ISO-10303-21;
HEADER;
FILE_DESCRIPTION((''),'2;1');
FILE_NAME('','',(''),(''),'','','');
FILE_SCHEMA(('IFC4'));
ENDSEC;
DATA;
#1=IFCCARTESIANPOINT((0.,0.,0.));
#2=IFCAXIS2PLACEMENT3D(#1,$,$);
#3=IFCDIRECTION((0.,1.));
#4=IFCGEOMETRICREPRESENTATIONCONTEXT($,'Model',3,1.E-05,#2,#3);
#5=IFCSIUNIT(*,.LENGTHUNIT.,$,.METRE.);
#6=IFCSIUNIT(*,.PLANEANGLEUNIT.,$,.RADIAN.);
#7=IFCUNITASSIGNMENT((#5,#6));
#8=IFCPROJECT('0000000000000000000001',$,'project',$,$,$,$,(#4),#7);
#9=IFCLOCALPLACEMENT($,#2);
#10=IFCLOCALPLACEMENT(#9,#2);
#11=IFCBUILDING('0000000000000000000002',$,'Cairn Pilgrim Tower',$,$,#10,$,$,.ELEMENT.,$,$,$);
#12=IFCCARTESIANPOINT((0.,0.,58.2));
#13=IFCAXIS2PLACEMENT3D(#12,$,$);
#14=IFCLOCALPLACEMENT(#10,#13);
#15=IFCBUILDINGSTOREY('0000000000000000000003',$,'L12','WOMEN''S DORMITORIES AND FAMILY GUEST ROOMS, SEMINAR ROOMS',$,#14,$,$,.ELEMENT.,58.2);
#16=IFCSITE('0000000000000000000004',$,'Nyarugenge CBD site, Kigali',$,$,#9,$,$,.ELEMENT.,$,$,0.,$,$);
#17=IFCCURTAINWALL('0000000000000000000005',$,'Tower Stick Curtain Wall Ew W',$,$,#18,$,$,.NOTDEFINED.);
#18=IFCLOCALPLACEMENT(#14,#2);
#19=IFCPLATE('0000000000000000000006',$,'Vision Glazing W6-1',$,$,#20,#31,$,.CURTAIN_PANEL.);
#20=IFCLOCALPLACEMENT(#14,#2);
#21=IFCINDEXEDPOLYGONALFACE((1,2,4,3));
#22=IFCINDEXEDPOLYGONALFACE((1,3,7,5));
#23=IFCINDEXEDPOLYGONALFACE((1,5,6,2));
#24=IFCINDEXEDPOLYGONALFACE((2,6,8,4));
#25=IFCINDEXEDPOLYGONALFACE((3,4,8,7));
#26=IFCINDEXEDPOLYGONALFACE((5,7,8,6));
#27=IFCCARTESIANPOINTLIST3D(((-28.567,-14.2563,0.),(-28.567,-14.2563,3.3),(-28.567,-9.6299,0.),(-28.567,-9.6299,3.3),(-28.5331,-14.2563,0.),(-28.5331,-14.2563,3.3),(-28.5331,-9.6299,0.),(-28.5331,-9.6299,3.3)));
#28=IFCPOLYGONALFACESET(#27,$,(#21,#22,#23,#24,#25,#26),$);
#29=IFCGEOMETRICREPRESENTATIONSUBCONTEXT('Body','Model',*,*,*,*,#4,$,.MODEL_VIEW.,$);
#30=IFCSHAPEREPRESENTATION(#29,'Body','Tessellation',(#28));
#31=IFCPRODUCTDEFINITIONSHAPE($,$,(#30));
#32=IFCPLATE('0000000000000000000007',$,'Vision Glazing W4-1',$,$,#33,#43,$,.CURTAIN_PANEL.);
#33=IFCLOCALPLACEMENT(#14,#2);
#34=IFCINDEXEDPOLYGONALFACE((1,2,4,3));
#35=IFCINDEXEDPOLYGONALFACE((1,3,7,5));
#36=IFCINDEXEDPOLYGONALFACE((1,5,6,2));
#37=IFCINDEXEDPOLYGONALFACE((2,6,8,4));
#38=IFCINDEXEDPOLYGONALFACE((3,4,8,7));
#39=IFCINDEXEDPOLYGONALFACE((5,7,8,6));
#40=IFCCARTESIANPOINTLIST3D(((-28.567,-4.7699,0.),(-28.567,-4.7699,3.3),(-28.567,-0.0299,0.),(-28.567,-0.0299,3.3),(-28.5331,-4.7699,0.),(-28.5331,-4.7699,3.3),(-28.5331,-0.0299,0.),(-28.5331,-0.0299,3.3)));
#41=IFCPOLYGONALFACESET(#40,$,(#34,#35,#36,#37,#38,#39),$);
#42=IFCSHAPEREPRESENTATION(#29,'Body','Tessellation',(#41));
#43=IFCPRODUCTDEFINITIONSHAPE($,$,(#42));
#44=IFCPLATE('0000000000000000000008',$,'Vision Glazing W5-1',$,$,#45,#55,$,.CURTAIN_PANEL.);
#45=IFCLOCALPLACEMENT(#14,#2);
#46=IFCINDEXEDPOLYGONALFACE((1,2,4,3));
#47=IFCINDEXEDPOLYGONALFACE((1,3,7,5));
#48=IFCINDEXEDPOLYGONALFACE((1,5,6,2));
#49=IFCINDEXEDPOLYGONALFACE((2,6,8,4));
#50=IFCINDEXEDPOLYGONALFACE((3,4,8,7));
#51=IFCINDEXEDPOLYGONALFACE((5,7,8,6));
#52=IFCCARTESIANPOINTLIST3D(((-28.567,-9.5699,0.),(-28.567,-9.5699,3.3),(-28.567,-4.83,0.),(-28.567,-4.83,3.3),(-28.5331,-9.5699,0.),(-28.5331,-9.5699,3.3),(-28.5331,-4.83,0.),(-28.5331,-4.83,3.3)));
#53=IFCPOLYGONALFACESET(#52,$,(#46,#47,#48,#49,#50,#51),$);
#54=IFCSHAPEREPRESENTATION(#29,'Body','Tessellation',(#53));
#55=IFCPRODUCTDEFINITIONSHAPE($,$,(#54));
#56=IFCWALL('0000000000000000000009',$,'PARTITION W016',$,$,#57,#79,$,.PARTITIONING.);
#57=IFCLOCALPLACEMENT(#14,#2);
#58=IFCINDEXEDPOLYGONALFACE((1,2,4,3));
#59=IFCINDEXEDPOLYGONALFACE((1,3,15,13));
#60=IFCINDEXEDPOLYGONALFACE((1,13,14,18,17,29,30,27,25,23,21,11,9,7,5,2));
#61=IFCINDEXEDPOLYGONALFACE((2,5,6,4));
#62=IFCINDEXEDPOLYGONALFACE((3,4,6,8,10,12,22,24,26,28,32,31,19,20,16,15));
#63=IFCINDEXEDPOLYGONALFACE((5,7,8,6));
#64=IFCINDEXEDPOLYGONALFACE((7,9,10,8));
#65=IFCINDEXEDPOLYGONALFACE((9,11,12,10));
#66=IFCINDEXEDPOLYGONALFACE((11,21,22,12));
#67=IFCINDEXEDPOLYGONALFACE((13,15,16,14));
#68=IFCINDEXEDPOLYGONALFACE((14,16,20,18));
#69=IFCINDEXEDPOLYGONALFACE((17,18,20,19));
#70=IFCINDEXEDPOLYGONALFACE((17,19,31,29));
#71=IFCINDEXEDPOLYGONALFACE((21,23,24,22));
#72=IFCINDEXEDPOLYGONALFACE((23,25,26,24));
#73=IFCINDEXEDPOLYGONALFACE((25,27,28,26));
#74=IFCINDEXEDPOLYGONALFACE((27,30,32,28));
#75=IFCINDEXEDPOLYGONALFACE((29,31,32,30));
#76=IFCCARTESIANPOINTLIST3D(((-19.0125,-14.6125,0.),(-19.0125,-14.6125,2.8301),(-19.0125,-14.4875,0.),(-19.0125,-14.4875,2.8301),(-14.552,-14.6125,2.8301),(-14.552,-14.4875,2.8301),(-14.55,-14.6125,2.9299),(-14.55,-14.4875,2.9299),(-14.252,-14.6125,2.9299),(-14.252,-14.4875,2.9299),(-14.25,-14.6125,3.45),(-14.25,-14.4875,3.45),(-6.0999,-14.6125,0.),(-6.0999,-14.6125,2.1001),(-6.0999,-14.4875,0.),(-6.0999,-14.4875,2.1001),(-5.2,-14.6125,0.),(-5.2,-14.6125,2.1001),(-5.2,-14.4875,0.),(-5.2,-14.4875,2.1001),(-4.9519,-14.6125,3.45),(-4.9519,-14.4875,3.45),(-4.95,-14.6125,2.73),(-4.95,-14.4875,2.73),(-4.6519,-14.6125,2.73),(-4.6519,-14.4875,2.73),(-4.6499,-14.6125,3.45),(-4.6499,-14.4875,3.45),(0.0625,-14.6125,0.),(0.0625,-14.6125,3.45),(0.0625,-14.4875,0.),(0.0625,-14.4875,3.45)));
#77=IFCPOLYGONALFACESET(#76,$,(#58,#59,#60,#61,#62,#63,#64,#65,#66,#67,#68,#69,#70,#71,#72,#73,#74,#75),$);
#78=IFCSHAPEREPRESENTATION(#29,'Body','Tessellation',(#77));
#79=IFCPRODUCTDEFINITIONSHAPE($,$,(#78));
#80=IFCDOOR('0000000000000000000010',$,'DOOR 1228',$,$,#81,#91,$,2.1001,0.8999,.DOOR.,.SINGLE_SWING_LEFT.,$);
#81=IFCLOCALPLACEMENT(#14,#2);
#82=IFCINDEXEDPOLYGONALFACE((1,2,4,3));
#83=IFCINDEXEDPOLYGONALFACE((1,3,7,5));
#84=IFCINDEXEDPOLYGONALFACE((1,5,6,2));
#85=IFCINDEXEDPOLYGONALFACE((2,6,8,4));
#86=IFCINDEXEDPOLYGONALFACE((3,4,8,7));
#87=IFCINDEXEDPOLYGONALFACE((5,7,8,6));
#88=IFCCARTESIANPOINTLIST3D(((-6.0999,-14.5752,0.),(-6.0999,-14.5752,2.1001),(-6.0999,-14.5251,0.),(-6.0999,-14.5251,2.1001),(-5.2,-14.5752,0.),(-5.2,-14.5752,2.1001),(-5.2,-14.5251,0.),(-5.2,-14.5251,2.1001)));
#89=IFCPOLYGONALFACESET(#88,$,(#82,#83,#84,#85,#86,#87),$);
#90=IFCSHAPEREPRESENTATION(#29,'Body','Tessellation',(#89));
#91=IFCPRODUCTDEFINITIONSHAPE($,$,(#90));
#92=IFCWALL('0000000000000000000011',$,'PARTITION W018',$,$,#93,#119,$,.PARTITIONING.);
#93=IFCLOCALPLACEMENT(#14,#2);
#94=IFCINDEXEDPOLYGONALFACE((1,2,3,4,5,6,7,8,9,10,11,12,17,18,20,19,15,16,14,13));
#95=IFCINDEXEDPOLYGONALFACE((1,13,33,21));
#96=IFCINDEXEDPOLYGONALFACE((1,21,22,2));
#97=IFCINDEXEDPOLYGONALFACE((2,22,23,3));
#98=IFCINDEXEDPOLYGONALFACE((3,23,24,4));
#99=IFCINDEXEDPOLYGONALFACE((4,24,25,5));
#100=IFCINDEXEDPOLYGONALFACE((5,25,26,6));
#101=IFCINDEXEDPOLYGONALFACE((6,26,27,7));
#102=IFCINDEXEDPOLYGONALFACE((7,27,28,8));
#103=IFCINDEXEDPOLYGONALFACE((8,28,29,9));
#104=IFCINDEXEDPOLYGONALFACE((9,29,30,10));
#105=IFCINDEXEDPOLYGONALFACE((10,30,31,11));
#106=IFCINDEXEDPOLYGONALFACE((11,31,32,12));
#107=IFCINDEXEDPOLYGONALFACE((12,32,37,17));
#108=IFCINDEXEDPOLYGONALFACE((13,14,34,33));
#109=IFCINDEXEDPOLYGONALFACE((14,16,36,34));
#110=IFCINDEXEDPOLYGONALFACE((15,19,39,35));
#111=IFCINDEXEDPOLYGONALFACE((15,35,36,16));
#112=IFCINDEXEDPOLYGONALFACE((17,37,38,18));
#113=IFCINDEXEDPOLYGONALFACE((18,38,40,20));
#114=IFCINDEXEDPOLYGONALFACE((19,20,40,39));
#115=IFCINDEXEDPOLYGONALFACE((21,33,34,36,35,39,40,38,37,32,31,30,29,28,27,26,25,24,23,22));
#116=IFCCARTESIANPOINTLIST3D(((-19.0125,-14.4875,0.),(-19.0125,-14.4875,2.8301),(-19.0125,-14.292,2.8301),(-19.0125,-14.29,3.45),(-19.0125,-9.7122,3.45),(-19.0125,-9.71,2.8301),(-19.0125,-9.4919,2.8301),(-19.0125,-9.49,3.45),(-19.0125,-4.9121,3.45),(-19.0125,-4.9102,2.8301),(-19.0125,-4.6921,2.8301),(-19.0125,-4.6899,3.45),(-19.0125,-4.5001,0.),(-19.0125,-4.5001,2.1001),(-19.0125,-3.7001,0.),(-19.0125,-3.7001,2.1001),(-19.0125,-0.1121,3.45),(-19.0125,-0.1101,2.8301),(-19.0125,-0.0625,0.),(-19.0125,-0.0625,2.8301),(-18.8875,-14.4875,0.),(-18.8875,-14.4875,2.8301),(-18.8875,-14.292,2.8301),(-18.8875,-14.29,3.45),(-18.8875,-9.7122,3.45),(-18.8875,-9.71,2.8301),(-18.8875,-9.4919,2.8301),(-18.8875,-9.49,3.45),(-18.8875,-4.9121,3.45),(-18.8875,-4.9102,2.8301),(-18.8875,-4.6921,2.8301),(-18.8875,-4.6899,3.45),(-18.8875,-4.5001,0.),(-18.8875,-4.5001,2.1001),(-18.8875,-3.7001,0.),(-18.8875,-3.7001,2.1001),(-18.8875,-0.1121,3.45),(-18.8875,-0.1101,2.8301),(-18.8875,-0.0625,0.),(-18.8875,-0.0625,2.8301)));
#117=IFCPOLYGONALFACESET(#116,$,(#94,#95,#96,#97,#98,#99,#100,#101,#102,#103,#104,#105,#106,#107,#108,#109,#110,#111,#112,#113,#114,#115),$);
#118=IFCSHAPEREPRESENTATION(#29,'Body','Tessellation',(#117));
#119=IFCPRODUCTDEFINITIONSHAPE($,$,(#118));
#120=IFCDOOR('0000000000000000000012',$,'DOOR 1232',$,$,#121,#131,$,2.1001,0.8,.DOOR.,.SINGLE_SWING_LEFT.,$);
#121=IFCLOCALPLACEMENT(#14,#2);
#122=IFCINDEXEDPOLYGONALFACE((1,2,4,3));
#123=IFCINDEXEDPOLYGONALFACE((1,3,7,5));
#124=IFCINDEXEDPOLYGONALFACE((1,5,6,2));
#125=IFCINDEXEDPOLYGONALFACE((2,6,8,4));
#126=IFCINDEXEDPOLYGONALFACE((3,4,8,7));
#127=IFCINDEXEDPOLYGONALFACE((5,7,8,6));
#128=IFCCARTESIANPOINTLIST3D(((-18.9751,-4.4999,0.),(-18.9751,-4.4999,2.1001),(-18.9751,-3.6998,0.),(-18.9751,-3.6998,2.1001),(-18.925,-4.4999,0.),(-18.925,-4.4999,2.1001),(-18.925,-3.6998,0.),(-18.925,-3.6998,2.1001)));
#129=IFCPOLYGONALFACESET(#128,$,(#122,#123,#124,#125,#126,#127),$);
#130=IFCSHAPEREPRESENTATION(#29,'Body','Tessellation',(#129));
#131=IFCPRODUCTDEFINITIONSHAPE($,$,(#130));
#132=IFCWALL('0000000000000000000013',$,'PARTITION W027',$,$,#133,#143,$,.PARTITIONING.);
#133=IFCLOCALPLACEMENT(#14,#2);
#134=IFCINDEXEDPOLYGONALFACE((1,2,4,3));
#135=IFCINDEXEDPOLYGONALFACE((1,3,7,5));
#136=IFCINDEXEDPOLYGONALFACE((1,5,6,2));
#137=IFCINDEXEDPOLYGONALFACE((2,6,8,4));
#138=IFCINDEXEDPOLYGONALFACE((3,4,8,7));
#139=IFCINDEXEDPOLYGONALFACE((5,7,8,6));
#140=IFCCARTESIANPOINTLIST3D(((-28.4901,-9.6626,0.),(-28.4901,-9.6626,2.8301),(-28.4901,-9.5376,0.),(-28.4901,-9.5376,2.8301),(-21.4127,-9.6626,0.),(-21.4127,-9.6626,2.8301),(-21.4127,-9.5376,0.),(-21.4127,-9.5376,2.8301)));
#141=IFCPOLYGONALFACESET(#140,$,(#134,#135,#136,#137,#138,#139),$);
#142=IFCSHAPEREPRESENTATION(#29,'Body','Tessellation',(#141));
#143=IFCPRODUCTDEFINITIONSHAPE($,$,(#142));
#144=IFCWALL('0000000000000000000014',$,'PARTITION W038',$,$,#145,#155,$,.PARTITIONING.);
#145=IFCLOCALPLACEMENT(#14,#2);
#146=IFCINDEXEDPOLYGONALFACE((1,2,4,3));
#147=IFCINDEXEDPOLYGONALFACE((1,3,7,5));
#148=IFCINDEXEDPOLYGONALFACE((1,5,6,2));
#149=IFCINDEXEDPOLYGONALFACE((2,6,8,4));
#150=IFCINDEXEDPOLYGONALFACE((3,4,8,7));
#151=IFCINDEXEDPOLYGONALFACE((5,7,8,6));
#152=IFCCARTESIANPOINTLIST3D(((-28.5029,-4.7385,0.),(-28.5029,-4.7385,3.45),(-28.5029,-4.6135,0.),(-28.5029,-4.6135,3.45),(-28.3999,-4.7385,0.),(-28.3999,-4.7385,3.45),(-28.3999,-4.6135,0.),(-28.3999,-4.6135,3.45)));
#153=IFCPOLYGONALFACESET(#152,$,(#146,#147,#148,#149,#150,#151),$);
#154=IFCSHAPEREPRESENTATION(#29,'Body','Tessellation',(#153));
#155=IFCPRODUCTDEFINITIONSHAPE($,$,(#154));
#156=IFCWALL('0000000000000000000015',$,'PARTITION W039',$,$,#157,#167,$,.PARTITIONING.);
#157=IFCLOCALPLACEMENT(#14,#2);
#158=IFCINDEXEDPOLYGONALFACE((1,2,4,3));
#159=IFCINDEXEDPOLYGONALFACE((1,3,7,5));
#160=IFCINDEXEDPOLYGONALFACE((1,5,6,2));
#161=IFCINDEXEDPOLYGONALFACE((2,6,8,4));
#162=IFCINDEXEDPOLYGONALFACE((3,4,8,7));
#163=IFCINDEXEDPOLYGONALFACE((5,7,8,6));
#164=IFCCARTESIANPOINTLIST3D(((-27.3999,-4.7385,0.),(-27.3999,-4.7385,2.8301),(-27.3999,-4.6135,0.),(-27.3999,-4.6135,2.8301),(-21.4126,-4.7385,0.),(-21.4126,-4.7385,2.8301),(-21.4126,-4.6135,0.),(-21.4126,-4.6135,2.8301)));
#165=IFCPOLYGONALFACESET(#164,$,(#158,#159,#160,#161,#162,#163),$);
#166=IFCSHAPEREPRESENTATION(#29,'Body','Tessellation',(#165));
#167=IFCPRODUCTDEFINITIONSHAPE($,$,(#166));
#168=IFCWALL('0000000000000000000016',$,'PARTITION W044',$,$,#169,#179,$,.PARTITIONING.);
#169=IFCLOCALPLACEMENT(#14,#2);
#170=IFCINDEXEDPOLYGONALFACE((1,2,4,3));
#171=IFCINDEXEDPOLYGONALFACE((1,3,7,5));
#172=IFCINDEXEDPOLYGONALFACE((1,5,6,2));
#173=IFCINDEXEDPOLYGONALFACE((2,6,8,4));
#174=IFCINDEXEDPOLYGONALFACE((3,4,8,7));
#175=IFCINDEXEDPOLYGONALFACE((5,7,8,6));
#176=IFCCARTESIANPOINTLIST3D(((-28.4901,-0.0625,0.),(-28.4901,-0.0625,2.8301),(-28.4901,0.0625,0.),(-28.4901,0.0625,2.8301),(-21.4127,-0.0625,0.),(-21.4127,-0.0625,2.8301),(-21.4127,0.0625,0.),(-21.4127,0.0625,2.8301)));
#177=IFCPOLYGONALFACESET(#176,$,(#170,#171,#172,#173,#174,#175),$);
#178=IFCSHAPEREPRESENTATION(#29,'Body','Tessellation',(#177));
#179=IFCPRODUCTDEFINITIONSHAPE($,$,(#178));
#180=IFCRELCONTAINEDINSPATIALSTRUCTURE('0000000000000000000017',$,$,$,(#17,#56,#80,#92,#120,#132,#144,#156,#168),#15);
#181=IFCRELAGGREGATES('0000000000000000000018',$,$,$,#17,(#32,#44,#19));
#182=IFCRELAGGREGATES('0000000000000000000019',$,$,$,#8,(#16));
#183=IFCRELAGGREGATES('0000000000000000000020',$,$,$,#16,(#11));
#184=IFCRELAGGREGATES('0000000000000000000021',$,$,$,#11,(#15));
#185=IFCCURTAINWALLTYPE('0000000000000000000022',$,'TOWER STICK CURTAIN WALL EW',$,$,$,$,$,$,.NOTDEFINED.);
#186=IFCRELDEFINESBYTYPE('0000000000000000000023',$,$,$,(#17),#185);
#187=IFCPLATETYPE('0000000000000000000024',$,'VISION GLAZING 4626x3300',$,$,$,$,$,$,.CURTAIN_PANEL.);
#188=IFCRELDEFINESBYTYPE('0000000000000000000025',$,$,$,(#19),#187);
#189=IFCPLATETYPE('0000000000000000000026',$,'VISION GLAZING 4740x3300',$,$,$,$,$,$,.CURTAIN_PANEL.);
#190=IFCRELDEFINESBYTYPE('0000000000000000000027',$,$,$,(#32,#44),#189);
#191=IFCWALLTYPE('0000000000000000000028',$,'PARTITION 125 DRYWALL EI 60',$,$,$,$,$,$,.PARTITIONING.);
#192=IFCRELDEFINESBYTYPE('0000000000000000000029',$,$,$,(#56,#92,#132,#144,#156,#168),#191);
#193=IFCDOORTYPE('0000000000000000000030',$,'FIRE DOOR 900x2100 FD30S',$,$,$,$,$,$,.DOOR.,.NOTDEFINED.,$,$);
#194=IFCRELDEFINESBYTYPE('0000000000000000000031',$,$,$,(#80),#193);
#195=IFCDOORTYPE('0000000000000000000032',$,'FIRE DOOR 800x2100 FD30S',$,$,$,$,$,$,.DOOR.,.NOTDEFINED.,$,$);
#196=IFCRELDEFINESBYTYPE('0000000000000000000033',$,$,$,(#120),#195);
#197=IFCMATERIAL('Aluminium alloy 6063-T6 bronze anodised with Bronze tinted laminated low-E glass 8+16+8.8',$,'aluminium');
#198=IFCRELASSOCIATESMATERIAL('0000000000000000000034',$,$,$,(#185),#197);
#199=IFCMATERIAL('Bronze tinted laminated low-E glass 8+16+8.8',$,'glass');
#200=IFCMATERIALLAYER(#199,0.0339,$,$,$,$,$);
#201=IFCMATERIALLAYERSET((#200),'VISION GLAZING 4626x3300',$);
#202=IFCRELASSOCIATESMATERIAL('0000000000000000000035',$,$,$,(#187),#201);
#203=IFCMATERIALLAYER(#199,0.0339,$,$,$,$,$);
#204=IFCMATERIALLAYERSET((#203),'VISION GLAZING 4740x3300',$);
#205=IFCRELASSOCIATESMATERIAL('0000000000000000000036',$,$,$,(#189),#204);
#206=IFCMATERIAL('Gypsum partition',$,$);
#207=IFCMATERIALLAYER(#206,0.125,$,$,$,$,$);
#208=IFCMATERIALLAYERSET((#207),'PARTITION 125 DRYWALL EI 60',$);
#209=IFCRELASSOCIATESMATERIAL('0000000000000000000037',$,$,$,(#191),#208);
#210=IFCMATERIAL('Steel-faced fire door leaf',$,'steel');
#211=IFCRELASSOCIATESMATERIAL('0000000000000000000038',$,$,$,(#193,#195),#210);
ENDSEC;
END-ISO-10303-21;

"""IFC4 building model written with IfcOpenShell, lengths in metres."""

from ifc_helpers import new_model, si_unit, direction, frame, frame_2d, origin, origin_2d, place, context, subcontext, project, spatial, polyline, rectangle, outline, extrude, material, layer, layer_set, type_object, element, fill, aggregate, save


model = new_model("IFC4")

# Units and contexts
model_context = context("Model", 3, precision=1e-05, world=origin(), true_north=direction((0.0, 1.0)))
body_context = subcontext(model_context, "Body", "Model", "MODEL_VIEW")
ifc_project = project(units=[si_unit("LENGTHUNIT", "METRE"), si_unit("PLANEANGLEUNIT", "RADIAN")], contexts=[model_context])

# Site, building, storey
site_placement = place(None, origin())
site = spatial("IfcSite", under=ifc_project, at=site_placement, Name="Nyarugenge CBD site, Kigali", CompositionType="ELEMENT", RefElevation=0.0)
building_placement = place(site_placement, origin())
building = spatial("IfcBuilding", under=site, at=building_placement, Name="Cairn Pilgrim Tower", CompositionType="ELEMENT")
storey_placement = place(building_placement, frame((0.0, 0.0, 58.2)))
storey = spatial("IfcBuildingStorey", under=building, at=storey_placement, Name="L12", Description="WOMEN'S DORMITORIES AND FAMILY GUEST ROOMS, SEMINAR ROOMS", CompositionType="ELEMENT", Elevation=58.2)

# Curtain wall
ifc_material_1 = material(Name="Aluminium alloy 6063-T6 bronze anodised with Bronze tinted laminated low-E glass 8+16+8.8", Category="aluminium")
curtain_wall_type_1 = type_object("IfcCurtainWallType", Name="TOWER STICK CURTAIN WALL EW", PredefinedType="NOTDEFINED", material=ifc_material_1)
curtain_wall_1_placement = place(storey_placement, origin())
curtain_wall_1 = element("IfcCurtainWall", 1, at=curtain_wall_1_placement, inside=storey, type_object=curtain_wall_type_1, Name="Tower Stick Curtain Wall Ew W", PredefinedType="NOTDEFINED")

# Plates
ifc_material_2 = material(Name="Bronze tinted laminated low-E glass 8+16+8.8", Category="glass")
ifc_layer_1 = layer(ifc_material_2, 0.0339)
ifc_layer_set_1 = layer_set([ifc_layer_1], Name="VISION GLAZING 4626x3300")
plate_type_1 = type_object("IfcPlateType", Name="VISION GLAZING 4626x3300", PredefinedType="CURTAIN_PANEL", material=ifc_layer_set_1)
plate_1_placement = place(storey_placement, frame((-28.55, -11.9431, 0.0), z_axis=(0.0, 0.0, 1.0), x_axis=(0.0, -1.0, 0.0)))
plate_1 = element("IfcPlate", 2, at=plate_1_placement, type_object=plate_type_1, Name="Vision Glazing W6-1", PredefinedType="CURTAIN_PANEL", context=body_context, shape_type="SweptSolid", body=[
    extrude(rectangle(XDim=4.6265, YDim=0.0339, at=origin_2d()), origin(), (0.0, 0.0, 1.0), 3.3),
])
ifc_layer_2 = layer(ifc_material_2, 0.0339)
ifc_layer_set_2 = layer_set([ifc_layer_2], Name="VISION GLAZING 4740x3300")
plate_type_2 = type_object("IfcPlateType", Name="VISION GLAZING 4740x3300", PredefinedType="CURTAIN_PANEL", material=ifc_layer_set_2)
plate_2_placement = place(storey_placement, frame((-28.55, -2.3999, 0.0), z_axis=(0.0, 0.0, 1.0), x_axis=(0.0, -1.0, 0.0)))
plate_2 = element("IfcPlate", 3, at=plate_2_placement, type_object=plate_type_2, Name="Vision Glazing W4-1", PredefinedType="CURTAIN_PANEL", context=body_context, shape_type="SweptSolid", body=[
    extrude(rectangle(XDim=4.74, YDim=0.0339, at=origin_2d()), origin(), (0.0, 0.0, 1.0), 3.3),
])
plate_3_placement = place(storey_placement, frame((-28.55, -7.2, 0.0), z_axis=(0.0, 0.0, 1.0), x_axis=(0.0, -1.0, 0.0)))
plate_3 = element("IfcPlate", 4, at=plate_3_placement, type_object=plate_type_2, Name="Vision Glazing W5-1", PredefinedType="CURTAIN_PANEL", context=body_context, shape_type="SweptSolid", body=[
    extrude(rectangle(XDim=4.74, YDim=0.0339, at=origin_2d()), origin(), (0.0, 0.0, 1.0), 3.3),
])
aggregate(curtain_wall_1, [plate_2, plate_3, plate_1])

# Walls, openings, doors
ifc_material_3 = material(Name="Gypsum partition")
ifc_layer_3 = layer(ifc_material_3, 0.125)
ifc_layer_set_3 = layer_set([ifc_layer_3], Name="PARTITION 125 DRYWALL EI 60")
wall_type_1 = type_object("IfcWallType", Name="PARTITION 125 DRYWALL EI 60", PredefinedType="PARTITIONING", material=ifc_layer_set_3)
wall_1_placement = place(storey_placement, frame((-19.0125, -14.55, 0.0), z_axis=(0.0, 0.0, 1.0), x_axis=(1.0, 0.0, 0.0)))
wall_1 = element("IfcWall", 5, at=wall_1_placement, inside=storey, type_object=wall_type_1, Name="PARTITION W016", PredefinedType="PARTITIONING", context=body_context, shape_type="SweptSolid", body=[
    extrude(outline(polyline([(0.0, 0.0), (19.075, 0.0), (19.075, 3.45), (14.3625, 3.45), (14.3606, 2.73), (14.0625, 2.73), (14.0605, 3.45), (4.7625, 3.45), (4.7605, 2.9299), (4.4624, 2.9299), (4.4604, 2.8301), (0.0, 2.8301), (0.0, 0.0)])), frame((0.0, 0.0625, 0.0), z_axis=(0.0, -1.0, 0.0), x_axis=(1.0, 0.0, 0.0)), (0.0, 0.0, 1.0), 0.125),
])
opening_1_placement = place(wall_1_placement, frame((12.9126, 0.0, 0.0)))
opening_1 = element("IfcOpeningElement", 6, at=opening_1_placement, cuts=wall_1, PredefinedType="OPENING", context=body_context, shape_type="SweptSolid", body=[
    extrude(rectangle(XDim=0.8999, YDim=2.1001, at=frame_2d((0.45, 1.05))), frame((0.0, 0.0725, 0.0), z_axis=(0.0, -1.0, 0.0), x_axis=(1.0, 0.0, 0.0)), (0.0, 0.0, 1.0), 0.145),
])
ifc_material_4 = material(Name="Steel-faced fire door leaf", Category="steel")
door_type_1 = type_object("IfcDoorType", Name="FIRE DOOR 900x2100 FD30S", OperationType="NOTDEFINED", PredefinedType="DOOR", material=ifc_material_4)
door_1_placement = place(opening_1_placement, origin())
door_1 = element("IfcDoor", 7, at=door_1_placement, inside=storey, type_object=door_type_1, Name="DOOR 1228", OperationType="SINGLE_SWING_LEFT", OverallHeight=2.1001, OverallWidth=0.8999, PredefinedType="DOOR", context=body_context, shape_type="SweptSolid", body=[
    extrude(rectangle(XDim=0.8999, YDim=2.1001, at=frame_2d((0.45, 1.05))), frame((0.0, 0.0249, 0.0), z_axis=(0.0, -1.0, 0.0), x_axis=(1.0, 0.0, 0.0)), (0.0, 0.0, 1.0), 0.05),
])
fill(opening_1, door_1)
wall_2_placement = place(storey_placement, frame((-18.95, -14.4875, 0.0), z_axis=(0.0, 0.0, 1.0), x_axis=(0.0, 1.0, 0.0)))
wall_2 = element("IfcWall", 8, at=wall_2_placement, inside=storey, type_object=wall_type_1, Name="PARTITION W018", PredefinedType="PARTITIONING", context=body_context, shape_type="SweptSolid", body=[
    extrude(outline(polyline([(0.0, 0.0), (14.425, 0.0), (14.425, 2.8301), (14.3774, 2.8301), (14.3755, 3.45), (9.7976, 3.45), (9.7954, 2.8301), (9.5774, 2.8301), (9.5754, 3.45), (4.9976, 3.45), (4.9956, 2.8301), (4.7776, 2.8301), (4.7754, 3.45), (0.1975, 3.45), (0.1956, 2.8301), (0.0, 2.8301), (0.0, 0.0)])), frame((0.0, 0.0625, 0.0), z_axis=(0.0, -1.0, 0.0), x_axis=(1.0, 0.0, 0.0)), (0.0, 0.0, 1.0), 0.125),
])
opening_2_placement = place(wall_2_placement, frame((9.9875, 0.0, 0.0)))
opening_2 = element("IfcOpeningElement", 9, at=opening_2_placement, cuts=wall_2, PredefinedType="OPENING", context=body_context, shape_type="SweptSolid", body=[
    extrude(rectangle(XDim=0.8, YDim=2.1001, at=frame_2d((0.3999, 1.05))), frame((0.0, 0.0725, 0.0), z_axis=(0.0, -1.0, 0.0), x_axis=(1.0, 0.0, 0.0)), (0.0, 0.0, 1.0), 0.145),
])
door_type_2 = type_object("IfcDoorType", Name="FIRE DOOR 800x2100 FD30S", OperationType="NOTDEFINED", PredefinedType="DOOR", material=ifc_material_4)
door_2_placement = place(opening_2_placement, frame((0.8, 0.0, 0.0), z_axis=(0.0, 0.0, 1.0), x_axis=(-1.0, 0.0, 0.0)))
door_2 = element("IfcDoor", 10, at=door_2_placement, inside=storey, type_object=door_type_2, Name="DOOR 1232", OperationType="SINGLE_SWING_LEFT", OverallHeight=2.1001, OverallWidth=0.8, PredefinedType="DOOR", context=body_context, shape_type="SweptSolid", body=[
    extrude(rectangle(XDim=0.8, YDim=2.1001, at=frame_2d((0.3999, 1.05))), frame((0.0, 0.0249, 0.0), z_axis=(0.0, -1.0, 0.0), x_axis=(1.0, 0.0, 0.0)), (0.0, 0.0, 1.0), 0.05),
])
fill(opening_2, door_2)

# Walls
wall_3_placement = place(storey_placement, frame((-28.49, -9.6001, 0.0), z_axis=(0.0, 0.0, 1.0), x_axis=(1.0, 0.0, 0.0)))
element("IfcWall", 11, at=wall_3_placement, inside=storey, type_object=wall_type_1, Name="PARTITION W027", PredefinedType="PARTITIONING", context=body_context, shape_type="SweptSolid", body=[
    extrude(rectangle(XDim=7.0774, YDim=0.125, at=frame_2d((3.5386, 0.0))), origin(), (0.0, 0.0, 1.0), 2.8301),
])
wall_4_placement = place(storey_placement, frame((-28.5029, -4.676, 0.0), z_axis=(0.0, 0.0, 1.0), x_axis=(1.0, 0.0, 0.0)))
element("IfcWall", 12, at=wall_4_placement, inside=storey, type_object=wall_type_1, Name="PARTITION W038", PredefinedType="PARTITIONING", context=body_context, shape_type="SweptSolid", body=[
    extrude(rectangle(XDim=0.103, YDim=0.125, at=frame_2d((0.0515, 0.0))), origin(), (0.0, 0.0, 1.0), 3.45),
])
wall_5_placement = place(storey_placement, frame((-27.3999, -4.676, 0.0), z_axis=(0.0, 0.0, 1.0), x_axis=(1.0, 0.0, 0.0)))
element("IfcWall", 13, at=wall_5_placement, inside=storey, type_object=wall_type_1, Name="PARTITION W039", PredefinedType="PARTITIONING", context=body_context, shape_type="SweptSolid", body=[
    extrude(rectangle(XDim=5.9873, YDim=0.125, at=frame_2d((2.9937, 0.0))), origin(), (0.0, 0.0, 1.0), 2.8301),
])
wall_6_placement = place(storey_placement, frame((-28.49, 0.0, 0.0), z_axis=(0.0, 0.0, 1.0), x_axis=(1.0, 0.0, 0.0)))
element("IfcWall", 14, at=wall_6_placement, inside=storey, type_object=wall_type_1, Name="PARTITION W044", PredefinedType="PARTITIONING", context=body_context, shape_type="SweptSolid", body=[
    extrude(rectangle(XDim=7.0774, YDim=0.125, at=frame_2d((3.5386, 0.0))), origin(), (0.0, 0.0, 1.0), 2.8301),
])

save(model, "model.ifc")
